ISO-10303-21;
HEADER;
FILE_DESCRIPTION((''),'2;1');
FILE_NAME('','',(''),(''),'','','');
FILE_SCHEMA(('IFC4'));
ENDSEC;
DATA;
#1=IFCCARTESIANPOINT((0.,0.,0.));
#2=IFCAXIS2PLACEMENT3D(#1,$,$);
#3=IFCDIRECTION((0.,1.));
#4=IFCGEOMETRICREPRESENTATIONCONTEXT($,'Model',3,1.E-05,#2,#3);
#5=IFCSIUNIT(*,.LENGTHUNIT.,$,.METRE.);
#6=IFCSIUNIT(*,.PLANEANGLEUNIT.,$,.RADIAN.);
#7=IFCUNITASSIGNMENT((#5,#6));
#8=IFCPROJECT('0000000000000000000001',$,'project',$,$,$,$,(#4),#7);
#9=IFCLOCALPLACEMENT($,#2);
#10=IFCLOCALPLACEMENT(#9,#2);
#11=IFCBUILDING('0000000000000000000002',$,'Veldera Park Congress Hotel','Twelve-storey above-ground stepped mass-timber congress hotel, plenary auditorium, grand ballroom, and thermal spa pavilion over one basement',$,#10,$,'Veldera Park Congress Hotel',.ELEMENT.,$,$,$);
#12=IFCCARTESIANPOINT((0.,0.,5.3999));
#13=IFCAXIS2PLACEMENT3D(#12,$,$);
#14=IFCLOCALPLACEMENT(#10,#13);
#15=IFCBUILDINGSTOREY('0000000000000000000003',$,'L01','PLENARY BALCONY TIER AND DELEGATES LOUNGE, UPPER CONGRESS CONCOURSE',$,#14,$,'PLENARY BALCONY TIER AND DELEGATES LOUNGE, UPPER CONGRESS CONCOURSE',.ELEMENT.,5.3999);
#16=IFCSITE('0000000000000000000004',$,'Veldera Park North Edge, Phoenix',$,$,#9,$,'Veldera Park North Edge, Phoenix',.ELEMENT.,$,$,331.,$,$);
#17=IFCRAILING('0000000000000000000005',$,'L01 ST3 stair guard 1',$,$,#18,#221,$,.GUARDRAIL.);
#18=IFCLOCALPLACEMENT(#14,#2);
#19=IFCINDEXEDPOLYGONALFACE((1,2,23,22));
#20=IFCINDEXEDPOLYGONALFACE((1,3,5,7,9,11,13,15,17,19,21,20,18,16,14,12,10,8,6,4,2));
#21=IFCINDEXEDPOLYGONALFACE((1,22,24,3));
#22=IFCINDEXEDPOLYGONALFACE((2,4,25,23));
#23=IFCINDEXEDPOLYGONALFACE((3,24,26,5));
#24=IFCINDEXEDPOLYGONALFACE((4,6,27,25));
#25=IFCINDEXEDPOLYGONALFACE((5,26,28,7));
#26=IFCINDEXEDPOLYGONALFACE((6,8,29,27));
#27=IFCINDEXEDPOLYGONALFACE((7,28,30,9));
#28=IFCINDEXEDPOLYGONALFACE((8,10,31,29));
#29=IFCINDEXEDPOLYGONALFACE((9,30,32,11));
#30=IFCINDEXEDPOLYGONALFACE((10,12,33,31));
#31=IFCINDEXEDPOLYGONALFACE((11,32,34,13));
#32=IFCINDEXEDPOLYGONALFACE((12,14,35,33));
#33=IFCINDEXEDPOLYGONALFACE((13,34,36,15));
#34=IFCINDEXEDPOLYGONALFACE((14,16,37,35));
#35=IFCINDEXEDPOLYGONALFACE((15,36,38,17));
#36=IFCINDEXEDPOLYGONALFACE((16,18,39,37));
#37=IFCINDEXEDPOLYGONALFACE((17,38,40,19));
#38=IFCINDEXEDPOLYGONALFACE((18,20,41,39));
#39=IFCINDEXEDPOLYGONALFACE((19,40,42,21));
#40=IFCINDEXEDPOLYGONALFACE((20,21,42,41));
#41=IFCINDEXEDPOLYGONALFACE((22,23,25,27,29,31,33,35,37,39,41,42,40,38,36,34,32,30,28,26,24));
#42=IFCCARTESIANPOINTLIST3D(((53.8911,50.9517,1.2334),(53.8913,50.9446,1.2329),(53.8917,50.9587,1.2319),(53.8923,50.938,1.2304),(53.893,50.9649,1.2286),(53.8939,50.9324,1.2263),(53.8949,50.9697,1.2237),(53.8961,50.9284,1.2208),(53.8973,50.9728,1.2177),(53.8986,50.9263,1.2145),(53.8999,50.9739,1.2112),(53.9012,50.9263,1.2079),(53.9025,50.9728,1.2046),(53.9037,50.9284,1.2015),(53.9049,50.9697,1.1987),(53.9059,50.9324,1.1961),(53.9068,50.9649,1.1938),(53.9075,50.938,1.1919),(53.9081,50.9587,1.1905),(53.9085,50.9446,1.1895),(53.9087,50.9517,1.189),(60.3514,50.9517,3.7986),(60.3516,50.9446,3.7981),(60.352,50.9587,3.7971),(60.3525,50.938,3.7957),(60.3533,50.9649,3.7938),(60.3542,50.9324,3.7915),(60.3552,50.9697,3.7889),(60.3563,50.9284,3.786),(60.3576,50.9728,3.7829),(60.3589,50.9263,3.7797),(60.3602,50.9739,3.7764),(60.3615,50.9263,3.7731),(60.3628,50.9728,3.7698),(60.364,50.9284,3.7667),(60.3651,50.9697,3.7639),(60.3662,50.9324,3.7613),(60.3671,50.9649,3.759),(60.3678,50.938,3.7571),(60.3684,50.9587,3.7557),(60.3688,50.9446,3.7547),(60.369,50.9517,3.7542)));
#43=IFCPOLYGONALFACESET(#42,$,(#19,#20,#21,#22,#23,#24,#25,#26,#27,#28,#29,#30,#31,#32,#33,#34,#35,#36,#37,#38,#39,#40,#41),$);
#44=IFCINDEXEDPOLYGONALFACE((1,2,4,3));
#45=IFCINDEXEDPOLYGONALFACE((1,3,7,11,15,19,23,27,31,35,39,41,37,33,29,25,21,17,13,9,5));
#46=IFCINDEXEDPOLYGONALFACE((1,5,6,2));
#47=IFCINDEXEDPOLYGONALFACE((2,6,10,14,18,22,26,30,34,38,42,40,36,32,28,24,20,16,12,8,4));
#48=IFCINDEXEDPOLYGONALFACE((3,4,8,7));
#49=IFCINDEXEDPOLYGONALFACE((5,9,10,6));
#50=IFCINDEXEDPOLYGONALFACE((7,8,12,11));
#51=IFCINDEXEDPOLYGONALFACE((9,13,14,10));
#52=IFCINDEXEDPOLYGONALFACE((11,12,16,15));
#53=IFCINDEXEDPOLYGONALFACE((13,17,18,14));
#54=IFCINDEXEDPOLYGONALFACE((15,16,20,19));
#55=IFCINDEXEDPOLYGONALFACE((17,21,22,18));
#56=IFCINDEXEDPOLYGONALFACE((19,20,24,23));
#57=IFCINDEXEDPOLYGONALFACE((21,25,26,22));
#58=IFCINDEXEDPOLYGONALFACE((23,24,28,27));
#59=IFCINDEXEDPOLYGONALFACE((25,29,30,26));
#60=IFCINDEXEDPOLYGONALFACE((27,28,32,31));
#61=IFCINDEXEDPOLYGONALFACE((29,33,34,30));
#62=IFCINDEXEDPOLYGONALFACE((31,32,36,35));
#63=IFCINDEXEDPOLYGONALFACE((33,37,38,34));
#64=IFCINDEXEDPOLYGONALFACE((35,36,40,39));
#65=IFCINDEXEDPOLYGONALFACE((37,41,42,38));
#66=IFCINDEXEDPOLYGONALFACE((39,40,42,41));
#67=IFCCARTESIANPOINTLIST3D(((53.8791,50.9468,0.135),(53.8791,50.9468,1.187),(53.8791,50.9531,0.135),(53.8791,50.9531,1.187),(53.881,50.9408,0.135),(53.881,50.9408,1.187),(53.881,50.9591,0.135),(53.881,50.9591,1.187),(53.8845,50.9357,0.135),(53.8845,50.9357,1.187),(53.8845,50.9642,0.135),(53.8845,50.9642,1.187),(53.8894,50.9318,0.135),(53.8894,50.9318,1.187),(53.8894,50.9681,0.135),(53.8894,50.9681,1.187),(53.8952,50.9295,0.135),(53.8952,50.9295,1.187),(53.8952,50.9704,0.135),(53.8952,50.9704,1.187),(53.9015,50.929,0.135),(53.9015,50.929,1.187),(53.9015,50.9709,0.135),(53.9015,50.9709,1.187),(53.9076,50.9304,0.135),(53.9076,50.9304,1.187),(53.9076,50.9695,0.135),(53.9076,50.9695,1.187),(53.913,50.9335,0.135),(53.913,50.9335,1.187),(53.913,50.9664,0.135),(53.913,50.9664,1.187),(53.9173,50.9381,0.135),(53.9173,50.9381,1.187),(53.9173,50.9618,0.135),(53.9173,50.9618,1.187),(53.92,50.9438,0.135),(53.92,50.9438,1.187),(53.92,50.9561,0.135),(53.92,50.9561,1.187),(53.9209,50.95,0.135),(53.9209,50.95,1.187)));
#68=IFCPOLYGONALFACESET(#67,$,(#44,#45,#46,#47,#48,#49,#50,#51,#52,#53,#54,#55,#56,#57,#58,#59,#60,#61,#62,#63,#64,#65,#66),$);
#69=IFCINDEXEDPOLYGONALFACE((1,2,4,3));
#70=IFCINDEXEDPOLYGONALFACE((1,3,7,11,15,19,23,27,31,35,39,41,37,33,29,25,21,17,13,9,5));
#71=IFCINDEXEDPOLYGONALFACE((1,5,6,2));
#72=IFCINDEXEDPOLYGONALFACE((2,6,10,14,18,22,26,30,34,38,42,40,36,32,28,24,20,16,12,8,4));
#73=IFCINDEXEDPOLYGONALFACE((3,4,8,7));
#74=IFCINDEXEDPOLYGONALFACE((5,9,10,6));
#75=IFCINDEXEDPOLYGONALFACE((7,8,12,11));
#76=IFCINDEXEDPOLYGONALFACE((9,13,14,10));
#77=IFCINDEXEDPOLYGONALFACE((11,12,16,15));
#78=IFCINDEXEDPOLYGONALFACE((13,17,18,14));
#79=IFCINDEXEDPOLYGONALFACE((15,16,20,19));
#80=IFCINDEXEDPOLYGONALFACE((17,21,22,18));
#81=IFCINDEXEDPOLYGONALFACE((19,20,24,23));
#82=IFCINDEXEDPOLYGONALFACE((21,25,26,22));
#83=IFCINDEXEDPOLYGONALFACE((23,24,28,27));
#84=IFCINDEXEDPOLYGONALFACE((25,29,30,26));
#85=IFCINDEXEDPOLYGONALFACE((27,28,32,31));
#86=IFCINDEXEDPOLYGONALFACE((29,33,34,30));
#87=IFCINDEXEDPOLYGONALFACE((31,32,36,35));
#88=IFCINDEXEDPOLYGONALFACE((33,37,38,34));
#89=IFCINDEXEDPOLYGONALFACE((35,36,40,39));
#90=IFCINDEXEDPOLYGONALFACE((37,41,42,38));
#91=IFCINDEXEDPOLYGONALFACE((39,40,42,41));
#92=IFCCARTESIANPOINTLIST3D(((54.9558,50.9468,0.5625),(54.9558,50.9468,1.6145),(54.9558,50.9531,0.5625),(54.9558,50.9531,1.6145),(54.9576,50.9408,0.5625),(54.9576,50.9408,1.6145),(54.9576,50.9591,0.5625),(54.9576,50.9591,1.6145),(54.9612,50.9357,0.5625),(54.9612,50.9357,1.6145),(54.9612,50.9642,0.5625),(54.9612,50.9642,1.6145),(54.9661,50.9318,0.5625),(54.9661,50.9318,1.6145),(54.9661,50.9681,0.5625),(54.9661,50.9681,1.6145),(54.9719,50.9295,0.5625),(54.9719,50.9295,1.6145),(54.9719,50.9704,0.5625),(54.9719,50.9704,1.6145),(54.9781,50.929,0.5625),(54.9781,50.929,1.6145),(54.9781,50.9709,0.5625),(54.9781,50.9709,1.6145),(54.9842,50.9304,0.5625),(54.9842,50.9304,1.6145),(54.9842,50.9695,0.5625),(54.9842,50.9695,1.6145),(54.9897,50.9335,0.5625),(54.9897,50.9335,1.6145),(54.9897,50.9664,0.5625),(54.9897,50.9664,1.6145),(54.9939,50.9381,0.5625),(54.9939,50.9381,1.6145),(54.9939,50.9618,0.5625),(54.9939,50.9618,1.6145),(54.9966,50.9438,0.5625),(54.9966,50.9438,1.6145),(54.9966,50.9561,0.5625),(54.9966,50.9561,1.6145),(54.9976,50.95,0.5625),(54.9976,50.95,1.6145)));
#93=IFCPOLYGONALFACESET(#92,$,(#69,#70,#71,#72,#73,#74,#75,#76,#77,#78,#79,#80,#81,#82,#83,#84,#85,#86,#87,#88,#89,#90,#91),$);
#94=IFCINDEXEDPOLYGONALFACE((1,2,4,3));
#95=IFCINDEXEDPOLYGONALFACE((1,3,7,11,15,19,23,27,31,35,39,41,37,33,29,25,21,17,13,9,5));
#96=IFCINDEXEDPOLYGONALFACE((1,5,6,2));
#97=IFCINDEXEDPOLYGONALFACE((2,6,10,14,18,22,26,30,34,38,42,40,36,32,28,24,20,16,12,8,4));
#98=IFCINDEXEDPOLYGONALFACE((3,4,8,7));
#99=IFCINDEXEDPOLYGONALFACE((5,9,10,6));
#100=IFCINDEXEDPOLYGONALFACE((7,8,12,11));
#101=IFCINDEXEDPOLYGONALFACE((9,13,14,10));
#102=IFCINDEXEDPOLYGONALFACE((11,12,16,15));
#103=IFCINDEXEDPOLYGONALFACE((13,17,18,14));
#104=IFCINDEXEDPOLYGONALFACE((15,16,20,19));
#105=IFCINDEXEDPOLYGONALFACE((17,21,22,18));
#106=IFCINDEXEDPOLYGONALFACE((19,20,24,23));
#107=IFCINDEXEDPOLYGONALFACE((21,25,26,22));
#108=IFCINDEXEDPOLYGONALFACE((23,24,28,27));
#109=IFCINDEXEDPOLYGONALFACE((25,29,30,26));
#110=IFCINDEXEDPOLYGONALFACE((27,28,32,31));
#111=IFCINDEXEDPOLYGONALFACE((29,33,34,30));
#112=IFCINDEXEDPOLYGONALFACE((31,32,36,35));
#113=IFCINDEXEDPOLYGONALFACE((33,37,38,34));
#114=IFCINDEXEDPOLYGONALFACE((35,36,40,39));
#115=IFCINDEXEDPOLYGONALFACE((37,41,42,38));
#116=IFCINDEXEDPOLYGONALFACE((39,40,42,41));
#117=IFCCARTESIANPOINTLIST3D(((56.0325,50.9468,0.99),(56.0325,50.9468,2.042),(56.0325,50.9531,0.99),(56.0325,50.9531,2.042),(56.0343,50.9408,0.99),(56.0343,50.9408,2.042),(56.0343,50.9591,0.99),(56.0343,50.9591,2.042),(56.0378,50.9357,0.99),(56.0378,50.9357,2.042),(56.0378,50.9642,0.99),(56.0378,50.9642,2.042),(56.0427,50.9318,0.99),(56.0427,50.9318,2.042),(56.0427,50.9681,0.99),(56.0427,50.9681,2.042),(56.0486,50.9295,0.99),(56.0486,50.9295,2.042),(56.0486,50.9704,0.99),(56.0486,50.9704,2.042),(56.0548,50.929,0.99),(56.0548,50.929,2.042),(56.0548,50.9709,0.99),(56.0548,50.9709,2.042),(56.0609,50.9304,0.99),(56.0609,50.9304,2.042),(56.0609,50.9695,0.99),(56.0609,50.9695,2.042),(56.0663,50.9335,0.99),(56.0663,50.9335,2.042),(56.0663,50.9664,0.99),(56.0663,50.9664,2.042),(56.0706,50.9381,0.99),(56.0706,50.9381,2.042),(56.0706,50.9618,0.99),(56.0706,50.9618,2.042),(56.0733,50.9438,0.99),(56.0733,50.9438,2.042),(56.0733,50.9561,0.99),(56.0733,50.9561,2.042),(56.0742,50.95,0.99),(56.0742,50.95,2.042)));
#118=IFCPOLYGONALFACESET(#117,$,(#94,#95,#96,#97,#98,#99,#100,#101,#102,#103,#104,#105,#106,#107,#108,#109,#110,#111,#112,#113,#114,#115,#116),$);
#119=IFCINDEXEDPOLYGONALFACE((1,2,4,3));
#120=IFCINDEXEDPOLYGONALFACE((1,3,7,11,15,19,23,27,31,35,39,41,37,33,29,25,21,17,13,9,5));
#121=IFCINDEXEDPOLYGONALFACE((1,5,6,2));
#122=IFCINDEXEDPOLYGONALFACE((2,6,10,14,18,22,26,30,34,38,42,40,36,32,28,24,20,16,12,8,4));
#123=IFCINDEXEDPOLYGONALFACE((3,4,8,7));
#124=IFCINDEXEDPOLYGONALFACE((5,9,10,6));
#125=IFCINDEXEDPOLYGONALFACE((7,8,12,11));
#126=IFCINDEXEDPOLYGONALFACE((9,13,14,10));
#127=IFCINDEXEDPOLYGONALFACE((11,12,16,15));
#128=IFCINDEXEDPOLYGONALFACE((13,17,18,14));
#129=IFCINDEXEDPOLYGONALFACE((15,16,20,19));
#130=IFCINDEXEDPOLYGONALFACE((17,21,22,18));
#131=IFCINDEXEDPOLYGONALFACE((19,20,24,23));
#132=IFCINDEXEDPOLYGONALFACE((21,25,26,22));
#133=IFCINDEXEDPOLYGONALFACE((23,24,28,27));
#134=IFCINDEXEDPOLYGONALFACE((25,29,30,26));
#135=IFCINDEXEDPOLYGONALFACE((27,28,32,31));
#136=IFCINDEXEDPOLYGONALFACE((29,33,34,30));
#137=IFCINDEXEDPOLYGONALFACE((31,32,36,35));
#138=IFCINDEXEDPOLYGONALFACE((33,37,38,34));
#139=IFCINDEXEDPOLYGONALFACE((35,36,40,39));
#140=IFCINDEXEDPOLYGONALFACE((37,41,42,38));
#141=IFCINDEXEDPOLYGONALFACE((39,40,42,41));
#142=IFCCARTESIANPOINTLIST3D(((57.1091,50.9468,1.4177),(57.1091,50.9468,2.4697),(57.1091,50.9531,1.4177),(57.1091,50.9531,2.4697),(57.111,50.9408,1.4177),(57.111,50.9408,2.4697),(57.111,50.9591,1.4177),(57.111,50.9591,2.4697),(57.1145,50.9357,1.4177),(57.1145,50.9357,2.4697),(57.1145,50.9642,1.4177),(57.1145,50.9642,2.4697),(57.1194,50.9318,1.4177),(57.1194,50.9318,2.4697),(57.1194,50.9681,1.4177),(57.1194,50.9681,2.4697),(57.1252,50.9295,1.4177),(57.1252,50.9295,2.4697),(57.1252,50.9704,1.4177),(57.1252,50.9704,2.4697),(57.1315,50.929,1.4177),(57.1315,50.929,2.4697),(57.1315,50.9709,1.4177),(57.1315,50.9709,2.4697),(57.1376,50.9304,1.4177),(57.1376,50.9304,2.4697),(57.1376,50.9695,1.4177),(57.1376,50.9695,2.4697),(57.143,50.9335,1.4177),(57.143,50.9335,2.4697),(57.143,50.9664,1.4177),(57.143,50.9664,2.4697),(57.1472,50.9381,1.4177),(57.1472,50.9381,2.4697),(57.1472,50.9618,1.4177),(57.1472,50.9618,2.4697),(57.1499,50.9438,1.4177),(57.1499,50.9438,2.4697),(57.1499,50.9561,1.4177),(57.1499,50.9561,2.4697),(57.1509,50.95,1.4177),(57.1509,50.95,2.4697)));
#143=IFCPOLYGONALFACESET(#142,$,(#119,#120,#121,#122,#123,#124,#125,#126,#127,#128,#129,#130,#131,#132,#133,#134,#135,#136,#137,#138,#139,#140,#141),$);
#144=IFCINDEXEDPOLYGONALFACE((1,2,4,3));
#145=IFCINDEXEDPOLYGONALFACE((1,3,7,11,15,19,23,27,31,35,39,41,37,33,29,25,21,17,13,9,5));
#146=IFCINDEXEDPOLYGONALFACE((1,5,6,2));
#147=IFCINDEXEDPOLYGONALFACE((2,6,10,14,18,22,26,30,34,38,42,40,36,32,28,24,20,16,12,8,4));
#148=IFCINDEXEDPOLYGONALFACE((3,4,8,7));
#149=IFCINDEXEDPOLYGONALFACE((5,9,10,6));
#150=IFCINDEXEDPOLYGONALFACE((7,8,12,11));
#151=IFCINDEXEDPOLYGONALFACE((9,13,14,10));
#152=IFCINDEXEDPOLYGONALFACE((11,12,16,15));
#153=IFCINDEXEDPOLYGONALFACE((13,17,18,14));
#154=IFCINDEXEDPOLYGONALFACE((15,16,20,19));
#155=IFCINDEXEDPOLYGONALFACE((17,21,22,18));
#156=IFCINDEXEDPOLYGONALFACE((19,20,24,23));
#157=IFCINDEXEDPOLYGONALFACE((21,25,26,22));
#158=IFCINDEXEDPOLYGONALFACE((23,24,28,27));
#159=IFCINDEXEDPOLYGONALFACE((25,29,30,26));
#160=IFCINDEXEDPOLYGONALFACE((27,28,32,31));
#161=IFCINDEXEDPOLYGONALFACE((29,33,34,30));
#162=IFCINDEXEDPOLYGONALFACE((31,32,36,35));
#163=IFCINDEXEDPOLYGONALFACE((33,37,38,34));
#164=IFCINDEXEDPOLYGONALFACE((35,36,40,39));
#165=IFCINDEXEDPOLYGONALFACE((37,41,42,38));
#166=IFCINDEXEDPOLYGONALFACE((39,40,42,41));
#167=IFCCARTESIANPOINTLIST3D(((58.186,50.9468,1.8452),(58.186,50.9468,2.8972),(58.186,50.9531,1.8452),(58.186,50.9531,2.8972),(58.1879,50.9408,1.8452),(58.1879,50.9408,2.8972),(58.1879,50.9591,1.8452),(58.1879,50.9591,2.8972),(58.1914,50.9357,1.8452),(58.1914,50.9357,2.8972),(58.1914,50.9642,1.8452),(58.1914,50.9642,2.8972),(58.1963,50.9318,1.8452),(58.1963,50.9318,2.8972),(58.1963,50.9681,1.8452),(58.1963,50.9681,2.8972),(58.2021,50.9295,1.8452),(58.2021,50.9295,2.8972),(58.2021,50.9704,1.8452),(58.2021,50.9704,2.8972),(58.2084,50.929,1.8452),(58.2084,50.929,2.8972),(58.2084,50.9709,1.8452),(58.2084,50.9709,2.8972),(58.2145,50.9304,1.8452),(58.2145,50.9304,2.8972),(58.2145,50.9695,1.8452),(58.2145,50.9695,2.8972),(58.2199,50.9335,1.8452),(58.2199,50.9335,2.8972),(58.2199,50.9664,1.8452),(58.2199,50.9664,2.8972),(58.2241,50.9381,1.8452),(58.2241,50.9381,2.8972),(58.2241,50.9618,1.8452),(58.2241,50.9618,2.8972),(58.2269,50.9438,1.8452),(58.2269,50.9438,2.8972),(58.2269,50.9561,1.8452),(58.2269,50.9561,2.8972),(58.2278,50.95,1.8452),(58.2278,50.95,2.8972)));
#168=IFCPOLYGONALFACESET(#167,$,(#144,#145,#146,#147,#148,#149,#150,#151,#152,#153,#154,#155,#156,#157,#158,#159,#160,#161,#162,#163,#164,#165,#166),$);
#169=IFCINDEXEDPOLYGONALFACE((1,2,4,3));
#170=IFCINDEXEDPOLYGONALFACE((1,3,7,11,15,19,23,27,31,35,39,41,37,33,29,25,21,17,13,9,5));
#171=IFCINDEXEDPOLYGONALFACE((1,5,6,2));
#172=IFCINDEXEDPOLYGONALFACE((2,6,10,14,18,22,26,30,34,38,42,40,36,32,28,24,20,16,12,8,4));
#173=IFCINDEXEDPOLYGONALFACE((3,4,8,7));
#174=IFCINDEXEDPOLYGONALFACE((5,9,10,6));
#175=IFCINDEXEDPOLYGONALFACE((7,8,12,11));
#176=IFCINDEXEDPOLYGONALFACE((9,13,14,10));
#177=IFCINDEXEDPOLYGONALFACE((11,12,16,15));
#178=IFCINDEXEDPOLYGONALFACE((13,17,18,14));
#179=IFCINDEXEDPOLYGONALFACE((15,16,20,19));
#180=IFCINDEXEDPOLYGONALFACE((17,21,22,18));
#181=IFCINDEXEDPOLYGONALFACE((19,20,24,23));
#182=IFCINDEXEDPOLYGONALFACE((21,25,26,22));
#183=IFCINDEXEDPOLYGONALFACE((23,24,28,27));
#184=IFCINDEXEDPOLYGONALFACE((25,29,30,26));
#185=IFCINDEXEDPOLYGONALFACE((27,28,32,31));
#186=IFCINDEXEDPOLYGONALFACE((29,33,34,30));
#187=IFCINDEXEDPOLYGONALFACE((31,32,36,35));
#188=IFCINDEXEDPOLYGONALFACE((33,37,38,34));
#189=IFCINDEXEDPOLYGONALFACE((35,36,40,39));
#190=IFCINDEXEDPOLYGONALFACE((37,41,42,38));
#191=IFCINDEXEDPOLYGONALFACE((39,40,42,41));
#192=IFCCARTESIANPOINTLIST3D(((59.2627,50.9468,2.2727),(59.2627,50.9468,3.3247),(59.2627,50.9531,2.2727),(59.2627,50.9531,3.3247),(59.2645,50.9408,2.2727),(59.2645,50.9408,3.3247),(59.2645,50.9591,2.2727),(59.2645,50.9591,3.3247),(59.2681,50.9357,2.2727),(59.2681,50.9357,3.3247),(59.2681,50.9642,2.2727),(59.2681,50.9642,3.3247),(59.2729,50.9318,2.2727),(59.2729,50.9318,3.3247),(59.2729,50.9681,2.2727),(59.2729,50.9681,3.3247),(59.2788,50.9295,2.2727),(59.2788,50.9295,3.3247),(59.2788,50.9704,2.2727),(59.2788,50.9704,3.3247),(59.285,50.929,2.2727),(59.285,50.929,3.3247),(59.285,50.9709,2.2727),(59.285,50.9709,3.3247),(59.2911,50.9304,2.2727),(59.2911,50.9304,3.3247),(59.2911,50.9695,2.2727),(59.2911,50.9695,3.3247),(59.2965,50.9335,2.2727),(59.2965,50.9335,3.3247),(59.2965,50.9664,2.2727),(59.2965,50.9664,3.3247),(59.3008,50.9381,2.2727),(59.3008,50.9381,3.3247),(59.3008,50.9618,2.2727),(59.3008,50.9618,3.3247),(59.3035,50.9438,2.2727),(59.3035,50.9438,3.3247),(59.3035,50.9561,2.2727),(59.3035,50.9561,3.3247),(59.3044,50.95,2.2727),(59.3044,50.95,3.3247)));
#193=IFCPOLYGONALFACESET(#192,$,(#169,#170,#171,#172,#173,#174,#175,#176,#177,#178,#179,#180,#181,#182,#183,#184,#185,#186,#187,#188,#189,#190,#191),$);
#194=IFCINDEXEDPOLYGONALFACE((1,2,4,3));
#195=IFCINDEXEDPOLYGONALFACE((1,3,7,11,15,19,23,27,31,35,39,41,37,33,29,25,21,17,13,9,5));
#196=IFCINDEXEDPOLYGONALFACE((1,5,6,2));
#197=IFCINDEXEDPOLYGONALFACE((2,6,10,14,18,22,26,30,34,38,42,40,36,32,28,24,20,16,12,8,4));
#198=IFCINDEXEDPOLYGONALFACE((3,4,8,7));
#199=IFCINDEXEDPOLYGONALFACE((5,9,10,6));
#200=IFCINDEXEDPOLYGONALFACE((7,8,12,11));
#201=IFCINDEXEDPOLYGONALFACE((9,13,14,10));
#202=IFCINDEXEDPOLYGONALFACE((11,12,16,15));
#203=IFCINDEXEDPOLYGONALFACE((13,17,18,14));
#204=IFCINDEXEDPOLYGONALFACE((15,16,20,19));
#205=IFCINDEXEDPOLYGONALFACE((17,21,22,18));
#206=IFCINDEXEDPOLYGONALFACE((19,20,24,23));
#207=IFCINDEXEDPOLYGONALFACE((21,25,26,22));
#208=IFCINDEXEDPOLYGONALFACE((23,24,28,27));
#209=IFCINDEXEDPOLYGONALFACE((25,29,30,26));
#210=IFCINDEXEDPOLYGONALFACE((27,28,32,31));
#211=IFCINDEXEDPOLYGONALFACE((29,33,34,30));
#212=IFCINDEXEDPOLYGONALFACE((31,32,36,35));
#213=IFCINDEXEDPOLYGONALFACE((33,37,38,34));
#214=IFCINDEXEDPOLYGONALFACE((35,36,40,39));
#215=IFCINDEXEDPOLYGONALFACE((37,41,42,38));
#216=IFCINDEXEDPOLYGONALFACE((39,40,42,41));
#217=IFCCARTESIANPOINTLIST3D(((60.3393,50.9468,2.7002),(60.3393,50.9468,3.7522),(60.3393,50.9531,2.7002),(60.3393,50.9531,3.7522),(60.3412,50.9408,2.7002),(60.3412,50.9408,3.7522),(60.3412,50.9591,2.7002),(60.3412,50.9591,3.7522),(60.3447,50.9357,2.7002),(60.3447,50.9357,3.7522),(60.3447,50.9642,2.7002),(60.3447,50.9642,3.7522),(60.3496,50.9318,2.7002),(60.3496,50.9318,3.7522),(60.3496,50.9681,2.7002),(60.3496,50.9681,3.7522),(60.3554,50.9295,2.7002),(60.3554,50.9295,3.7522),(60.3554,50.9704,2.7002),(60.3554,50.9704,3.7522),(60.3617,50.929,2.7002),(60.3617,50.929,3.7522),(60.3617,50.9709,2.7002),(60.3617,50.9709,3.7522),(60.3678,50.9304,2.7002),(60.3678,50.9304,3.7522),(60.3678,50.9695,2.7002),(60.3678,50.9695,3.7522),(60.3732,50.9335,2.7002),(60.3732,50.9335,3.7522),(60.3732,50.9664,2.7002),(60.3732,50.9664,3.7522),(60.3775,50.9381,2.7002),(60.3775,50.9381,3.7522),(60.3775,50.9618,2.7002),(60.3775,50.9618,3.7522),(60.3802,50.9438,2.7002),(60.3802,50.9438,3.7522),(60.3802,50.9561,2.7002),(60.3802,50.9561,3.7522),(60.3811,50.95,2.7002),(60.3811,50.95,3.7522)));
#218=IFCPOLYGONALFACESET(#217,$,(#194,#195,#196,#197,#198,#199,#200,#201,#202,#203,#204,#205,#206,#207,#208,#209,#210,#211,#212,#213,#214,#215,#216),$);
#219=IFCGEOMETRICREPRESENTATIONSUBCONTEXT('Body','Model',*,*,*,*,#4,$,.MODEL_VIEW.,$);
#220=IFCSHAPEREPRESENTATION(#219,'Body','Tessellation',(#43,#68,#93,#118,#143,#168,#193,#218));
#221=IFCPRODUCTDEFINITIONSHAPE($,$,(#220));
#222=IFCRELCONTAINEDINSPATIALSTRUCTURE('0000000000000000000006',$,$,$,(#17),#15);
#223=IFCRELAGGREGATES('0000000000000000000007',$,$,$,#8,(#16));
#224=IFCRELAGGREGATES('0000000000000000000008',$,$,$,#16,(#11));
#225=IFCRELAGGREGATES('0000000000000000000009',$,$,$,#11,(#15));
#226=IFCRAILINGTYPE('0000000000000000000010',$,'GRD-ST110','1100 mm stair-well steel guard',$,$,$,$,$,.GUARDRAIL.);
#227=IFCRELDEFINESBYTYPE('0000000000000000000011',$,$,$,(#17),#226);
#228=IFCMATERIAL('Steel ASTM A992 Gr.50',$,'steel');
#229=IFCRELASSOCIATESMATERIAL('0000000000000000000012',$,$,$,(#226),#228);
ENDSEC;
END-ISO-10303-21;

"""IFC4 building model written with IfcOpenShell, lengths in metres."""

from ifc_helpers import new_model, si_unit, direction, frame, origin, origin_2d, place, context, subcontext, project, spatial, circle, extrude, material, type_object, element, save


model = new_model("IFC4")

# Units and contexts
model_context = context("Model", 3, precision=1e-05, world=origin(), true_north=direction((0.0, 1.0)))
body_context = subcontext(model_context, "Body", "Model", "MODEL_VIEW")
ifc_project = project(units=[si_unit("LENGTHUNIT", "METRE"), si_unit("PLANEANGLEUNIT", "RADIAN")], contexts=[model_context])

# Site, building, storey
site_placement = place(None, origin())
site = spatial("IfcSite", under=ifc_project, at=site_placement, Name="Veldera Park North Edge, Phoenix", LongName="Veldera Park North Edge, Phoenix", CompositionType="ELEMENT", RefElevation=331.0)
building_placement = place(site_placement, origin())
building = spatial("IfcBuilding", under=site, at=building_placement, Name="Veldera Park Congress Hotel", Description="Twelve-storey above-ground stepped mass-timber congress hotel, plenary auditorium, grand ballroom, and thermal spa pavilion over one basement", LongName="Veldera Park Congress Hotel", CompositionType="ELEMENT")
storey_placement = place(building_placement, frame((0.0, 0.0, 5.3999)))
storey = spatial("IfcBuildingStorey", under=building, at=storey_placement, Name="L01", Description="PLENARY BALCONY TIER AND DELEGATES LOUNGE, UPPER CONGRESS CONCOURSE", LongName="PLENARY BALCONY TIER AND DELEGATES LOUNGE, UPPER CONGRESS CONCOURSE", CompositionType="ELEMENT", Elevation=5.3999)

# Shared definitions
ifc_material_1 = material(Name="Steel ASTM A992 Gr.50", Category="steel")

# Railing
railing_type_1 = type_object("IfcRailingType", Name="GRD-ST110", Description="1100 mm stair-well steel guard", PredefinedType="GUARDRAIL", material=ifc_material_1)
railing_1_placement = place(storey_placement, frame((53.8999, 50.95, 0.135)))
element("IfcRailing", 1, at=railing_1_placement, inside=storey, type_object=railing_type_1, Name="L01 ST3 stair guard 1", PredefinedType="GUARDRAIL", context=body_context, shape_type="SweptSolid", body=[
    extrude(circle(Radius=0.0239, at=origin_2d()), frame((0.0, 0.0, 1.0762), z_axis=(0.929411, 0.0, 0.369046), x_axis=(0.0, 1.0, 0.0)), (0.0, 0.0, 1.0), 6.9509),
    extrude(circle(Radius=0.021, at=origin_2d()), origin(), (0.0, 0.0, 1.0), 1.052),
    extrude(circle(Radius=0.021, at=origin_2d()), frame((1.0767, 0.0, 0.4275)), (0.0, 0.0, 1.0), 1.052),
    extrude(circle(Radius=0.021, at=origin_2d()), frame((2.1533, 0.0, 0.855)), (0.0, 0.0, 1.0), 1.052),
    extrude(circle(Radius=0.021, at=origin_2d()), frame((3.23, 0.0, 1.2827)), (0.0, 0.0, 1.0), 1.052),
    extrude(circle(Radius=0.021, at=origin_2d()), frame((4.3069, 0.0, 1.7102)), (0.0, 0.0, 1.0), 1.052),
    extrude(circle(Radius=0.021, at=origin_2d()), frame((5.3835, 0.0, 2.1377)), (0.0, 0.0, 1.0), 1.052),
    extrude(circle(Radius=0.021, at=origin_2d()), frame((6.4602, 0.0, 2.5652)), (0.0, 0.0, 1.0), 1.052),
])

save(model, "model.ifc")
